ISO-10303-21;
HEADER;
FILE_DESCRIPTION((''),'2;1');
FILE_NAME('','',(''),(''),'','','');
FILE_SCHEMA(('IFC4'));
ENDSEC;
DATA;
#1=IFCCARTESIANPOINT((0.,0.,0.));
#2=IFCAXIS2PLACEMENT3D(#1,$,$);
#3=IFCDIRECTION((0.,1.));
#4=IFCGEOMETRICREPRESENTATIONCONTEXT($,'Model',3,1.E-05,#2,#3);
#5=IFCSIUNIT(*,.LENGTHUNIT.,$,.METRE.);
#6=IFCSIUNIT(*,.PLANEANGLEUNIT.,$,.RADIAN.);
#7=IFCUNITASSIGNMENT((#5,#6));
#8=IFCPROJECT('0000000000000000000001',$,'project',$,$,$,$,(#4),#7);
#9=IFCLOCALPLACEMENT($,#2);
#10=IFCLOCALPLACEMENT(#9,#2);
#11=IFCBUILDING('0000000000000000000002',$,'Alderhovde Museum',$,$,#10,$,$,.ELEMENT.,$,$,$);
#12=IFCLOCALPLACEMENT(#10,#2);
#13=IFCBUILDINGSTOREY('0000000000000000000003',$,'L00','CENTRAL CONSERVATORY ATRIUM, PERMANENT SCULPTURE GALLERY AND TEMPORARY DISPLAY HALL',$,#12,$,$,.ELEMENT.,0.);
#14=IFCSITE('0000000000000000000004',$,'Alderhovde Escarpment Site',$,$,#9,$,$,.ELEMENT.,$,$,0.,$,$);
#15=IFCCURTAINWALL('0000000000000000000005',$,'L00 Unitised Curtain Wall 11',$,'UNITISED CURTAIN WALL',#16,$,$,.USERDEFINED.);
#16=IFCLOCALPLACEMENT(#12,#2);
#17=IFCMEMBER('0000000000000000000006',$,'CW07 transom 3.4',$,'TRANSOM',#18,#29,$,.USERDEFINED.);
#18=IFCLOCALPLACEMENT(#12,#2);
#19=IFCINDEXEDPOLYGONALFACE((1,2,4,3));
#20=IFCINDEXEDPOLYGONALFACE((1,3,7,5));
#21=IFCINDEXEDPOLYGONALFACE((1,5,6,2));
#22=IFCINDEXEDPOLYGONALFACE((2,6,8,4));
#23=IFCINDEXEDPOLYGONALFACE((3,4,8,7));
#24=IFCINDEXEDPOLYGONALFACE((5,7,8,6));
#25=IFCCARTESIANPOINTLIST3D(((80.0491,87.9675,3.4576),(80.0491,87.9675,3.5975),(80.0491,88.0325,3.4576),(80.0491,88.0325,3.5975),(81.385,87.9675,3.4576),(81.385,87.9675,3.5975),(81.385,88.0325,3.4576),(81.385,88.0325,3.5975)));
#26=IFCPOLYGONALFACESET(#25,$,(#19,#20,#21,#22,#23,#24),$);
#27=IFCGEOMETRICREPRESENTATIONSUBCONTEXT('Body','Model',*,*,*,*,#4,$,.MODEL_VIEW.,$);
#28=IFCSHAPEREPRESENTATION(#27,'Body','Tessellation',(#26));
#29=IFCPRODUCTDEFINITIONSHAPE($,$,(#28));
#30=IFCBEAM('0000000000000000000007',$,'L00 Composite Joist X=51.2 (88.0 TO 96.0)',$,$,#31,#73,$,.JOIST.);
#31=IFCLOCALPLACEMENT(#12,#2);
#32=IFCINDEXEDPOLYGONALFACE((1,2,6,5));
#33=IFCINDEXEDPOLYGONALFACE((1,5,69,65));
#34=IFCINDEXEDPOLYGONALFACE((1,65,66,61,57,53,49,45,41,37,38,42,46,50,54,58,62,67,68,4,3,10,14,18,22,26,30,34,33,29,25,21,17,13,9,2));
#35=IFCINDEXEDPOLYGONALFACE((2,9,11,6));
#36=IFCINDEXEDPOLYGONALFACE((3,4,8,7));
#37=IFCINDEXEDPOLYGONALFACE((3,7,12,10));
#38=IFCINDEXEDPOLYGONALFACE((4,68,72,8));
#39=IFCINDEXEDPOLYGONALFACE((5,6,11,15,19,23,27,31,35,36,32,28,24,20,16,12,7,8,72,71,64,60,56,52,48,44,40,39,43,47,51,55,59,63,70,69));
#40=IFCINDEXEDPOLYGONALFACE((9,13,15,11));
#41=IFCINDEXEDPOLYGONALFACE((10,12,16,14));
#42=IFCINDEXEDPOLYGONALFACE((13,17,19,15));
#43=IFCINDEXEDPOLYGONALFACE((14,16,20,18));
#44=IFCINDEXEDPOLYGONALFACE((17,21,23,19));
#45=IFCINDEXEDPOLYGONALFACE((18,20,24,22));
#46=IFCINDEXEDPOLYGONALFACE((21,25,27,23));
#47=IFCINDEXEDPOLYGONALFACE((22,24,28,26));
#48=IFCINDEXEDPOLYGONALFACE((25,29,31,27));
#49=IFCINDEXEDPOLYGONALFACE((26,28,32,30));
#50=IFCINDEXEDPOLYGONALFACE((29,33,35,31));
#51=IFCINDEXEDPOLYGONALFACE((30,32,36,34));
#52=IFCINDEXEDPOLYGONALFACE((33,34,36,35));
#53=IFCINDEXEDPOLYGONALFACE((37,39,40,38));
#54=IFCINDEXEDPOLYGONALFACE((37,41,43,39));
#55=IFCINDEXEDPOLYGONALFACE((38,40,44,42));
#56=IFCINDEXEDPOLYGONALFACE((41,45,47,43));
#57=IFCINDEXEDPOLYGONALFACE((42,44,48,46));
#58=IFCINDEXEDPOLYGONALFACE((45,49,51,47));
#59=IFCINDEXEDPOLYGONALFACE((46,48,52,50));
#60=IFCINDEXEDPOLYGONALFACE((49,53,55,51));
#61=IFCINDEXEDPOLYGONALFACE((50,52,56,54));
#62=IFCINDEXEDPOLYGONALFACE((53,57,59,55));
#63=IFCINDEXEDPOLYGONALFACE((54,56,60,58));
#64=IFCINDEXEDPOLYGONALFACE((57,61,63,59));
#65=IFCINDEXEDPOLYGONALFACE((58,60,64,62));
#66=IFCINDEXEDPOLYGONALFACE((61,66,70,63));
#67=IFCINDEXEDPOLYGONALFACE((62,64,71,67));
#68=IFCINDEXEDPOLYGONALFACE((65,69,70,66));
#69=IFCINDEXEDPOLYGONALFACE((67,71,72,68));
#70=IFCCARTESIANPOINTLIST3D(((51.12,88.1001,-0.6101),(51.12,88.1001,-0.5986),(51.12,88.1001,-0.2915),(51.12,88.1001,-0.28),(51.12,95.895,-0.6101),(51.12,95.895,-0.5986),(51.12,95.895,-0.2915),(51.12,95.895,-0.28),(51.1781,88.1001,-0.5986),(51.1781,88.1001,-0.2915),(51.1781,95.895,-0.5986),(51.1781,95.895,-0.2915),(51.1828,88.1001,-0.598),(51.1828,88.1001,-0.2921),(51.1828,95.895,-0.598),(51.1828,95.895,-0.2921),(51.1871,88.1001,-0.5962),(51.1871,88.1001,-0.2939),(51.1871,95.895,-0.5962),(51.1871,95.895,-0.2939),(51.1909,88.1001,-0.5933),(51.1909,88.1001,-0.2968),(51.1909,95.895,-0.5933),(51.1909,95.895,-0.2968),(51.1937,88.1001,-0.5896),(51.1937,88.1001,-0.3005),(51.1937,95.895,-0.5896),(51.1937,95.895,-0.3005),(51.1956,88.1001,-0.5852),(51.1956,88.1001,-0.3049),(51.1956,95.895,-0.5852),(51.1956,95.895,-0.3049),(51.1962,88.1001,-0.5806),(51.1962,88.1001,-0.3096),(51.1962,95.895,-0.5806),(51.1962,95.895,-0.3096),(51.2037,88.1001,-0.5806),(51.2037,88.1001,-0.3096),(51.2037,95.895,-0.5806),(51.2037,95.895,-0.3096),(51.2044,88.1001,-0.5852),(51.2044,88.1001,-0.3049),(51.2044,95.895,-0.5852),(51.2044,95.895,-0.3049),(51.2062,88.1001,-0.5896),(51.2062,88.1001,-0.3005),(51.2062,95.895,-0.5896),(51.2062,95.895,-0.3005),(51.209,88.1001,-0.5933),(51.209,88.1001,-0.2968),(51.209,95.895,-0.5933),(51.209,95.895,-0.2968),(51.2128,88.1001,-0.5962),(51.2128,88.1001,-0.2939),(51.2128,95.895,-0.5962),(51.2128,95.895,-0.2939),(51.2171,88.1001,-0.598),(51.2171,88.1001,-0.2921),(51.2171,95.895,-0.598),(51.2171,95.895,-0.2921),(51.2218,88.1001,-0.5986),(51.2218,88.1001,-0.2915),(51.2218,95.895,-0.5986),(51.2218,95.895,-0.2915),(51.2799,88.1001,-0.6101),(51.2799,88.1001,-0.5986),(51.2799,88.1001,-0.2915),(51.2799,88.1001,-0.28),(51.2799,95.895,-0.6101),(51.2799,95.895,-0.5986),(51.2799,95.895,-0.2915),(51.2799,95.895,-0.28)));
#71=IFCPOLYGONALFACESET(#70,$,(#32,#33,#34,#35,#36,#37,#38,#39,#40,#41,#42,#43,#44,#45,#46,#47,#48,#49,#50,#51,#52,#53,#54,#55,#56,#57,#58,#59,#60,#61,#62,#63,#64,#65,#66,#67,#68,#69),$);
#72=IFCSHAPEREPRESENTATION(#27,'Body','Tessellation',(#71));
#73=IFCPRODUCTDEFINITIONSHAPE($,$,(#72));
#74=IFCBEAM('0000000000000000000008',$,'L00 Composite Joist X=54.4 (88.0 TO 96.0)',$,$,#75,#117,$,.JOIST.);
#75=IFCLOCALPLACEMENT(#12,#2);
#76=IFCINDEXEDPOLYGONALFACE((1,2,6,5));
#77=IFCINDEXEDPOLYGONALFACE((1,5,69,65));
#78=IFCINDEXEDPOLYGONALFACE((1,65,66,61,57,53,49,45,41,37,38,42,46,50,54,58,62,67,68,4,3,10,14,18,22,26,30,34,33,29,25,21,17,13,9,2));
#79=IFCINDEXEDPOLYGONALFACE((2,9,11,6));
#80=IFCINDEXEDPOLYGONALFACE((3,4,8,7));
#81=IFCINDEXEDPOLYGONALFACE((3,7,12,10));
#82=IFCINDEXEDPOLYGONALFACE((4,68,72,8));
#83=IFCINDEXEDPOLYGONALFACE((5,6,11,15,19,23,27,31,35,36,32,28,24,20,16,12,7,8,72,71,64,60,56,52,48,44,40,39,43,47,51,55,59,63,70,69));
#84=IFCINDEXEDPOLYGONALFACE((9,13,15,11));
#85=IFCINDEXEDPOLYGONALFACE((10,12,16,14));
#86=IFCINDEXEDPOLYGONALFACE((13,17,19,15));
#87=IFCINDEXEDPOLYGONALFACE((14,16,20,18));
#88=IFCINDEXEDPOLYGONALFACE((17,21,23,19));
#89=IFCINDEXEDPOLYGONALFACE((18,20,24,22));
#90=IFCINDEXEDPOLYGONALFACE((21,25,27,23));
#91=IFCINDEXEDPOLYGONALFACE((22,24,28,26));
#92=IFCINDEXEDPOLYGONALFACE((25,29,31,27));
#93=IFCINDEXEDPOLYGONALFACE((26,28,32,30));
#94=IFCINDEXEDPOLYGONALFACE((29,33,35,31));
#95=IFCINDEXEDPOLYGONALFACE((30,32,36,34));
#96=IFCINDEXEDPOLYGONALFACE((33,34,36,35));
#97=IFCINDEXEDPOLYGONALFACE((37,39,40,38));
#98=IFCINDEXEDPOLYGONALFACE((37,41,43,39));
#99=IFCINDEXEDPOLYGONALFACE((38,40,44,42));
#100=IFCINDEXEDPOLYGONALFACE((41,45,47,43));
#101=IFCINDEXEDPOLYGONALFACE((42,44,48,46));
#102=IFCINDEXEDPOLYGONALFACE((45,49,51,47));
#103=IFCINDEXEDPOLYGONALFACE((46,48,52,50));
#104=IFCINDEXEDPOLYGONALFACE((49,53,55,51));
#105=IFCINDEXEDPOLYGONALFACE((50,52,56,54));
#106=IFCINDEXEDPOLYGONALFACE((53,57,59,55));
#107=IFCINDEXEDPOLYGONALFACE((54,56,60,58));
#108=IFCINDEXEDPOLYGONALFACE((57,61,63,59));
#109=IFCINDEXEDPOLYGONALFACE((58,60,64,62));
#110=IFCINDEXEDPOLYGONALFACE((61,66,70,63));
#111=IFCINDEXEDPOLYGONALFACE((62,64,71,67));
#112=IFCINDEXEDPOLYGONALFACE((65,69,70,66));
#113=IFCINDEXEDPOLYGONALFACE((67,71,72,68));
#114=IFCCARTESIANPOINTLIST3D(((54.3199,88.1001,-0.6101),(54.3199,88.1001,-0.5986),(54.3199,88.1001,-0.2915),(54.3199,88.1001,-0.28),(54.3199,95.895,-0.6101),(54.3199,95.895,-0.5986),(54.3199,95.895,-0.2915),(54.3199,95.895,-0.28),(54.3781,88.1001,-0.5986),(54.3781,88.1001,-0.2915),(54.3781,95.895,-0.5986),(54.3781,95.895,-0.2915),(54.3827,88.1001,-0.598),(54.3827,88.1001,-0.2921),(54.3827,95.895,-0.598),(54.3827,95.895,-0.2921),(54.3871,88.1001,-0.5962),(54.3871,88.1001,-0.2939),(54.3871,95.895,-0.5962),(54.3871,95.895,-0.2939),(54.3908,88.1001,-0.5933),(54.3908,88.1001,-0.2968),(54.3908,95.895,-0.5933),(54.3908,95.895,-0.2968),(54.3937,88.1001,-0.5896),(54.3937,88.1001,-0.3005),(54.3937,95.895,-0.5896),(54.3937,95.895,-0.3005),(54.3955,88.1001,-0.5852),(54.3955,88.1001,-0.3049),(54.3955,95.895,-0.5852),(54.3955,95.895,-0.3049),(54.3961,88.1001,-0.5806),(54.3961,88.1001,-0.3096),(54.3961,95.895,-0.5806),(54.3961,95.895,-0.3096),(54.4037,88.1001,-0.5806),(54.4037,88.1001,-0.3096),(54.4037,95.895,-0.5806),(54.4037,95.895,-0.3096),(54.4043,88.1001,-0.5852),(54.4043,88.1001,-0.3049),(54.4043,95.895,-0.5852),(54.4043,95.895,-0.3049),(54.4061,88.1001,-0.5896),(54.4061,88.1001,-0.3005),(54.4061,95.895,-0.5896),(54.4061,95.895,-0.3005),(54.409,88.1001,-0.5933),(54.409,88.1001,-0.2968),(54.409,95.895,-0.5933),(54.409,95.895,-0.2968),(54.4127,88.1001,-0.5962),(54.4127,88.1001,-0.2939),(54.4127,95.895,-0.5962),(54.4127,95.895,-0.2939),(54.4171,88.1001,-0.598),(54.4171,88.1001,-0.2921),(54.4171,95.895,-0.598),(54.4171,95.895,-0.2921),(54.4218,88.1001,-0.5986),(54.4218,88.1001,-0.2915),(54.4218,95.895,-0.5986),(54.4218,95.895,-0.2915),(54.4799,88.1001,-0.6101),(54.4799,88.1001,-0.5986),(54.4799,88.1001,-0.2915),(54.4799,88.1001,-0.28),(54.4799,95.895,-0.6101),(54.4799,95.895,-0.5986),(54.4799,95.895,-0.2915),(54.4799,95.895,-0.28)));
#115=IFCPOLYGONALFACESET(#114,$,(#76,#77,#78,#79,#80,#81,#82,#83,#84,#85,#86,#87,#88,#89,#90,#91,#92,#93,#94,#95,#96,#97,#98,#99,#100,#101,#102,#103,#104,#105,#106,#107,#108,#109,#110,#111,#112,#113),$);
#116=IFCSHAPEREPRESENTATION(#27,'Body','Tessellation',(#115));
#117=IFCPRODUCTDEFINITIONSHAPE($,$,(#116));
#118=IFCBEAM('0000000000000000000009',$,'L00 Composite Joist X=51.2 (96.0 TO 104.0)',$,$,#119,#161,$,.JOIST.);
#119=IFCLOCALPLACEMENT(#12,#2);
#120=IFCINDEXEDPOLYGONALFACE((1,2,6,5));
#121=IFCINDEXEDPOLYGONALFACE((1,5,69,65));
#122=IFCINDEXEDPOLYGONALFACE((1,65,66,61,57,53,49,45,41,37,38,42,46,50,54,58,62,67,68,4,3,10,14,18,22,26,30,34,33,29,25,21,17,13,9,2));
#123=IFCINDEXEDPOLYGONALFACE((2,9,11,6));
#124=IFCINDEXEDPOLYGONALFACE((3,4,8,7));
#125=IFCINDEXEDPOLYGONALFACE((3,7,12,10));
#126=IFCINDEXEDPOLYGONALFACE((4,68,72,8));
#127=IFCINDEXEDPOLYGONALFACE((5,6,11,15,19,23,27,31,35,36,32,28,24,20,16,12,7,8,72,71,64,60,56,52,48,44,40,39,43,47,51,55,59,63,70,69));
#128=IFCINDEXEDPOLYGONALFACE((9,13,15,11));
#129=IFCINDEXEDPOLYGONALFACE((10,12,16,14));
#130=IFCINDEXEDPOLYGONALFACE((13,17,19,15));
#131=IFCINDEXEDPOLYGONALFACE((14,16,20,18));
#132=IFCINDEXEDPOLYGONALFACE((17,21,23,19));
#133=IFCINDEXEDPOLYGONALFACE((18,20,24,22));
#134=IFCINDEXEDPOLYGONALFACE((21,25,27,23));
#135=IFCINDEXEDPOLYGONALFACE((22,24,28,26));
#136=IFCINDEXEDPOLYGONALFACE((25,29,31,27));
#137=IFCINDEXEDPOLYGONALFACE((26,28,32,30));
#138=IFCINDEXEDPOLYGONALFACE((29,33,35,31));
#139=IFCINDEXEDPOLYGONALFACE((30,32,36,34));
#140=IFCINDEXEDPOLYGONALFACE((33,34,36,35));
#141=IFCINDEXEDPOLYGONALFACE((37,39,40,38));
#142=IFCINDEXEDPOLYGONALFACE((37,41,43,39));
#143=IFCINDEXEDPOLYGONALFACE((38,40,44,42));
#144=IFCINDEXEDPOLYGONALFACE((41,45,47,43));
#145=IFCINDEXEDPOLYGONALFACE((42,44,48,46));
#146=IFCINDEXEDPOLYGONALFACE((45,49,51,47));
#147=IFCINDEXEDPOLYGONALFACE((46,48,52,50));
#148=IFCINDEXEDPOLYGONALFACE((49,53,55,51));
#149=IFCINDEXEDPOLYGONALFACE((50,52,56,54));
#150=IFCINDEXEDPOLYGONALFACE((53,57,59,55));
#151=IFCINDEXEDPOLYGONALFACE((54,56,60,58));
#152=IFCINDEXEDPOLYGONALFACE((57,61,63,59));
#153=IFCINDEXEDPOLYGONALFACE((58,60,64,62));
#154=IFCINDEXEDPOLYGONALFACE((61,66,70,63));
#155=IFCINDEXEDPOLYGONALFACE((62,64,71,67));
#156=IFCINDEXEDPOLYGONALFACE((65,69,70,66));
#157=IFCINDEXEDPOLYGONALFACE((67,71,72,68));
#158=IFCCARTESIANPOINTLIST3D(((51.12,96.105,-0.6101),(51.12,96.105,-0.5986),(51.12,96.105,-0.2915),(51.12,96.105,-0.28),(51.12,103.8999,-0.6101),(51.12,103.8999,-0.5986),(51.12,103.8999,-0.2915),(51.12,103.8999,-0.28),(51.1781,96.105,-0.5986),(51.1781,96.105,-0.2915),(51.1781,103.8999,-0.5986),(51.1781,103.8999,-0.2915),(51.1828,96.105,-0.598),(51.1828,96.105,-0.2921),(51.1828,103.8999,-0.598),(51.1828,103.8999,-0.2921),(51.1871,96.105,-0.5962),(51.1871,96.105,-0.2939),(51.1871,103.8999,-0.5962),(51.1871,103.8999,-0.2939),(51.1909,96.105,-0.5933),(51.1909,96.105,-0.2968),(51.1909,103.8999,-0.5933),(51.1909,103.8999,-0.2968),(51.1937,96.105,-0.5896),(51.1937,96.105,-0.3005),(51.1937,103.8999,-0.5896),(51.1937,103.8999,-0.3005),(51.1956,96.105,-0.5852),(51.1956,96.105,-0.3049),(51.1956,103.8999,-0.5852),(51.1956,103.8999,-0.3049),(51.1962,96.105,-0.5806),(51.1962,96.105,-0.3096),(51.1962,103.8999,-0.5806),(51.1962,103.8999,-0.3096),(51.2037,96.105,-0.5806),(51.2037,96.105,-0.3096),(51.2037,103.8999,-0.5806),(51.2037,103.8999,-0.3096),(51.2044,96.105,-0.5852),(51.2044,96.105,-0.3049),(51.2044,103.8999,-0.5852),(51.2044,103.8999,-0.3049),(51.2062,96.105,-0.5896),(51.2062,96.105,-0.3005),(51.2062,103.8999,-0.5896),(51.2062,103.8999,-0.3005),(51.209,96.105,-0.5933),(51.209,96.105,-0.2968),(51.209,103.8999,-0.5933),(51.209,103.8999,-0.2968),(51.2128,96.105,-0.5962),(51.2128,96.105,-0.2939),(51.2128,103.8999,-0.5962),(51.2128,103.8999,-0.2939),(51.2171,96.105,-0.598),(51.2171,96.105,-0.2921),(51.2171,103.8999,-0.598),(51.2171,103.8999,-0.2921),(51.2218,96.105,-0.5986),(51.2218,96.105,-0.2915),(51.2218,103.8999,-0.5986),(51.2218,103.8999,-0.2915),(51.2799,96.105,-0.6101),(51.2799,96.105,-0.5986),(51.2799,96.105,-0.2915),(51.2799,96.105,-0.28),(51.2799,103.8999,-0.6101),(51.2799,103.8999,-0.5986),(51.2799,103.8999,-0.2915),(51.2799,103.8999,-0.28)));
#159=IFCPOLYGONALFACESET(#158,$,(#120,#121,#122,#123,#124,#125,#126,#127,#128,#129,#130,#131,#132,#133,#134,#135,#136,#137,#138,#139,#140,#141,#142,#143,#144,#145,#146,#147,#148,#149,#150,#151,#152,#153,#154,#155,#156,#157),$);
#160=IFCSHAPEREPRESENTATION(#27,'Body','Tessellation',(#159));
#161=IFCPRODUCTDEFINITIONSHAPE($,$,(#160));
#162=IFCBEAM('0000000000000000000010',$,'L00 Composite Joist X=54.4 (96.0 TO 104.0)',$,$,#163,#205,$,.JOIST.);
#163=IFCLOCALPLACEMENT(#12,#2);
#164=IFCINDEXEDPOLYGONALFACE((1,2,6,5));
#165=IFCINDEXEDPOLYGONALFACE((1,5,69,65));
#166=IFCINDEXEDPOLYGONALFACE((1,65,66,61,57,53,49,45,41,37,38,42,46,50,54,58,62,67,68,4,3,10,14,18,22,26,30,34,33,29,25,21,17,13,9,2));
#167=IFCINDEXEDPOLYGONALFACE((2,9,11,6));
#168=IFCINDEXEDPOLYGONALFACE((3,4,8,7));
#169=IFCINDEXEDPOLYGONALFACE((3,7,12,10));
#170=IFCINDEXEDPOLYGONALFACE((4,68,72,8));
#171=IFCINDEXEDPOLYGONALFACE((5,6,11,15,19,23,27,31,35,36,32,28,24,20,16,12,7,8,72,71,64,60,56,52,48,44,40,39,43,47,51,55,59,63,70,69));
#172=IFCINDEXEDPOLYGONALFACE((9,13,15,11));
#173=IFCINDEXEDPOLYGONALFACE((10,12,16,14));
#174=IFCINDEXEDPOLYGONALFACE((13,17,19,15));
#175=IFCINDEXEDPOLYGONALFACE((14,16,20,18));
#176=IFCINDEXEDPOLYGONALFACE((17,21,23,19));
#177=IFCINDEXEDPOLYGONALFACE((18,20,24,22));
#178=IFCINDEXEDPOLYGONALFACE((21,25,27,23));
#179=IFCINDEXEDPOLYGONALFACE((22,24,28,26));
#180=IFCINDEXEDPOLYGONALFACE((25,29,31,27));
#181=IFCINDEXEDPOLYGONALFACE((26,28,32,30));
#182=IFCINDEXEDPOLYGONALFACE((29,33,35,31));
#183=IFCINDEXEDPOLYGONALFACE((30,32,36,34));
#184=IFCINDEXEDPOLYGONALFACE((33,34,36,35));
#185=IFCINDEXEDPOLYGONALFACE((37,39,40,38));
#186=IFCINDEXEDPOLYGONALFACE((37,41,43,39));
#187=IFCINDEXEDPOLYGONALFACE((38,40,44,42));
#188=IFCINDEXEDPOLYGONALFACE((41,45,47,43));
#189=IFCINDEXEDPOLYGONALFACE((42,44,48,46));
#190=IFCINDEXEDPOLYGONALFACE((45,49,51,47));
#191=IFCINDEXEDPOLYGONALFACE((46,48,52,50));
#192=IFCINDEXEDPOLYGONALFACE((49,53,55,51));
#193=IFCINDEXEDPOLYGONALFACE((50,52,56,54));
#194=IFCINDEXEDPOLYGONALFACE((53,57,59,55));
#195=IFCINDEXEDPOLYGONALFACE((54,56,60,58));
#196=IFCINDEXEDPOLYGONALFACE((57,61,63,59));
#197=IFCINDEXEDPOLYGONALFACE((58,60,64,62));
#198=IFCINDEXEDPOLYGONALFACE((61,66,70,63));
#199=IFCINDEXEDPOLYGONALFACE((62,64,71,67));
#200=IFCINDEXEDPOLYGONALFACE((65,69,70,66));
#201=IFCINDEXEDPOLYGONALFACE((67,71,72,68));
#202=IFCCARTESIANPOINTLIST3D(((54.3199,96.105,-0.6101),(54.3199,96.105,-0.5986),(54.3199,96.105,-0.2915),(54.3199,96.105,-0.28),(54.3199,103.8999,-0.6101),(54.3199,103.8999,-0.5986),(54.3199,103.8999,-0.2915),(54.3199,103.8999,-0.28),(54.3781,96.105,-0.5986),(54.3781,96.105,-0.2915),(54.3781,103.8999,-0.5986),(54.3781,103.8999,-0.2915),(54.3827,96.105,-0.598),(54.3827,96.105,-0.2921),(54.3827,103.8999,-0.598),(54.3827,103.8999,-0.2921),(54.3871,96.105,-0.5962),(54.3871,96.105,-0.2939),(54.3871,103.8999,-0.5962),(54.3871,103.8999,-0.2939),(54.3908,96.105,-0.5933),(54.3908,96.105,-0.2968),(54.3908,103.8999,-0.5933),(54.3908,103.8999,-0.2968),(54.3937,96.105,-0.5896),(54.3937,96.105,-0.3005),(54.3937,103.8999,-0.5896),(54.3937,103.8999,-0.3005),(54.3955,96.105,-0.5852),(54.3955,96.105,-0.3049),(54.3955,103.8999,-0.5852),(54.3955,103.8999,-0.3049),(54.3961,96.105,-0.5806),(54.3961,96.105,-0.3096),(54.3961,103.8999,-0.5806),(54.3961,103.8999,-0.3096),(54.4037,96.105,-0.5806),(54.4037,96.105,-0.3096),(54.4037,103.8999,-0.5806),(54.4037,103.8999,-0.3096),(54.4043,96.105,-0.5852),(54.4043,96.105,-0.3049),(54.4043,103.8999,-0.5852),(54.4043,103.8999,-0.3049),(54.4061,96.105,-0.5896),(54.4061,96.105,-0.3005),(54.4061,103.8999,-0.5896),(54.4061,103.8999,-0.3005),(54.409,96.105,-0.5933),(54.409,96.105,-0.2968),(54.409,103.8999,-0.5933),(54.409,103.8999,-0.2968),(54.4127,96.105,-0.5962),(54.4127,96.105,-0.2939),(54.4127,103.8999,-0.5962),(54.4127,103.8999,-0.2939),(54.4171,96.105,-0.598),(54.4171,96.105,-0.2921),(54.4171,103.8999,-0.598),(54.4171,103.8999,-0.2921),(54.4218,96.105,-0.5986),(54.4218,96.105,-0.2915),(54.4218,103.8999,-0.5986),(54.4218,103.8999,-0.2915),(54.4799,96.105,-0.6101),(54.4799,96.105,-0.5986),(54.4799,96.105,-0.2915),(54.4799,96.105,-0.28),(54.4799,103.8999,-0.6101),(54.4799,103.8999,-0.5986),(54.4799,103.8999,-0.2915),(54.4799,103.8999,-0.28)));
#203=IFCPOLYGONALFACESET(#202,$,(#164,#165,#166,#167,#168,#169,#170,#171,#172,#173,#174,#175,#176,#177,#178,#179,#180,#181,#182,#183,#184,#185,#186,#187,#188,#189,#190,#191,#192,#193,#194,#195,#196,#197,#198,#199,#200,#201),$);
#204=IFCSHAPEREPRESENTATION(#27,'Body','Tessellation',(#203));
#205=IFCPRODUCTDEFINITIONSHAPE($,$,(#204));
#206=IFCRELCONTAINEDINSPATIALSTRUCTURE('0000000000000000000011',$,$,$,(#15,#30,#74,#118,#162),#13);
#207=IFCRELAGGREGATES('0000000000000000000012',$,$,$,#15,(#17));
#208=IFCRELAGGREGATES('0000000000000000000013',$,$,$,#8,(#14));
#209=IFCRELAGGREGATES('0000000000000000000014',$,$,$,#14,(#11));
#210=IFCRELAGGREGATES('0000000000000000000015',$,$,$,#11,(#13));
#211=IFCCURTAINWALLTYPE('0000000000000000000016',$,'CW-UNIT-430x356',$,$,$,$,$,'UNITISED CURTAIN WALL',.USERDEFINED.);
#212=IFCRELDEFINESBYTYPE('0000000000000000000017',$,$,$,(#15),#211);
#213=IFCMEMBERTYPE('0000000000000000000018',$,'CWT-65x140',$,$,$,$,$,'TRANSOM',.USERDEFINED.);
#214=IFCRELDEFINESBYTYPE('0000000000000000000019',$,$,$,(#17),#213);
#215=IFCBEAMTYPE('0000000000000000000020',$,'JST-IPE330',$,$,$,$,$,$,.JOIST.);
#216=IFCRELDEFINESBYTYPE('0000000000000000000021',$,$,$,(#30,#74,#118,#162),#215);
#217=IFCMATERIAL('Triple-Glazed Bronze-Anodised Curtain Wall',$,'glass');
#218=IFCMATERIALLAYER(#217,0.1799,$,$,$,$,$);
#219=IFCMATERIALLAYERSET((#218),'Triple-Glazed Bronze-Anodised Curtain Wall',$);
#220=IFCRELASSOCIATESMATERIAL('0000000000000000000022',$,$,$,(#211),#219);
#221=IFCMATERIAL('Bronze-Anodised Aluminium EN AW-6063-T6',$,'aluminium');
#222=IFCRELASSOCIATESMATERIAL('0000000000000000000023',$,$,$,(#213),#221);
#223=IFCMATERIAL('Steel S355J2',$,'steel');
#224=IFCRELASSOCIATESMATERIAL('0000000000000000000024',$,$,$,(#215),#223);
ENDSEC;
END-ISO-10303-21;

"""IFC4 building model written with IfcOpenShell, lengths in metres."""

from ifc_helpers import new_model, si_unit, direction, frame, origin, origin_2d, place, context, subcontext, project, spatial, rectangle, i_section, extrude, material, layer, layer_set, material_profile, profile_set, type_object, element, aggregate, save


model = new_model("IFC4")

# Units and contexts
model_context = context("Model", 3, precision=1e-05, world=origin(), true_north=direction((0.0, 1.0)))
body_context = subcontext(model_context, "Body", "Model", "MODEL_VIEW")
ifc_project = project(units=[si_unit("LENGTHUNIT", "METRE"), si_unit("PLANEANGLEUNIT", "RADIAN")], contexts=[model_context])

# Site, building, storey
site_placement = place(None, origin())
site = spatial("IfcSite", under=ifc_project, at=site_placement, Name="Alderhovde Escarpment Site", CompositionType="ELEMENT", RefElevation=0.0)
building_placement = place(site_placement, origin())
building = spatial("IfcBuilding", under=site, at=building_placement, Name="Alderhovde Museum", CompositionType="ELEMENT")
storey_placement = place(building_placement, origin())
storey = spatial("IfcBuildingStorey", under=building, at=storey_placement, Name="L00", Description="CENTRAL CONSERVATORY ATRIUM, PERMANENT SCULPTURE GALLERY AND TEMPORARY DISPLAY HALL", CompositionType="ELEMENT", Elevation=0.0)

# Curtain wall, member
ifc_material_1 = material(Name="Triple-Glazed Bronze-Anodised Curtain Wall", Category="glass")
ifc_layer_1 = layer(ifc_material_1, 0.1799)
ifc_layer_set_1 = layer_set([ifc_layer_1], Name="Triple-Glazed Bronze-Anodised Curtain Wall")
curtain_wall_type = type_object("IfcCurtainWallType", Name="CW-UNIT-430x356", ElementType="UNITISED CURTAIN WALL", PredefinedType="USERDEFINED", material=ifc_layer_set_1)
curtain_wall_placement = place(storey_placement, origin())
curtain_wall = element("IfcCurtainWall", 1, at=curtain_wall_placement, inside=storey, type_object=curtain_wall_type, Name="L00 Unitised Curtain Wall 11", ObjectType="UNITISED CURTAIN WALL", PredefinedType="USERDEFINED")
ifc_material_2 = material(Name="Bronze-Anodised Aluminium EN AW-6063-T6", Category="aluminium")
ifc_material_profile_1 = material_profile(ifc_material_2, rectangle(XDim=0.0649, YDim=0.1399, at=origin_2d()), Name="TRANSOM 65x140")
ifc_profile_set_1 = profile_set([ifc_material_profile_1], Name="Bronze-Anodised Aluminium EN AW-6063-T6")
member_type_1 = type_object("IfcMemberType", Name="CWT-65x140", ElementType="TRANSOM", PredefinedType="USERDEFINED", material=ifc_profile_set_1)
member_1_placement = place(storey_placement, frame((80.0491, 88.0, 3.5276), z_axis=(1.0, 0.0, 0.0), x_axis=(0.0, 1.0, 0.0)))
member_1 = element("IfcMember", 2, at=member_1_placement, type_object=member_type_1, Name="CW07 transom 3.4", ObjectType="TRANSOM", PredefinedType="USERDEFINED", context=body_context, shape_type="SweptSolid", body=[
    extrude(rectangle(XDim=0.0649, YDim=0.1399, at=origin_2d()), origin(), (0.0, 0.0, 1.0), 1.3359),
])

# Beams
ifc_material_3 = material(Name="Steel S355J2", Category="steel")
ifc_material_profile_2 = material_profile(ifc_material_3, i_section(OverallWidth=0.1599, OverallDepth=0.3301, WebThickness=0.0076, FlangeThickness=0.0115, FilletRadius=0.0181, at=origin_2d()), Name="IPE 330")
ifc_profile_set_2 = profile_set([ifc_material_profile_2], Name="Steel S355J2")
beam_type_1 = type_object("IfcBeamType", Name="JST-IPE330", PredefinedType="JOIST", material=ifc_profile_set_2)
for number, where, z_axis, x_axis, name in (
    (3, (51.2, 88.1001, -0.4451), (0.0, 1.0, 0.0), (-1.0, 0.0, 0.0), "L00 Composite Joist X=51.2 (88.0 TO 96.0)"),
    (4, (54.3999, 88.1001, -0.4451), (0.0, 1.0, 0.0), (-1.0, 0.0, 0.0), "L00 Composite Joist X=54.4 (88.0 TO 96.0)"),
    (5, (51.2, 96.105, -0.4451), (0.0, 1.0, 0.0), (-1.0, 0.0, 0.0), "L00 Composite Joist X=51.2 (96.0 TO 104.0)"),
    (6, (54.3999, 96.105, -0.4451), (0.0, 1.0, 0.0), (-1.0, 0.0, 0.0), "L00 Composite Joist X=54.4 (96.0 TO 104.0)"),
):
    element("IfcBeam", number, at=place(storey_placement, frame(where, z_axis=z_axis, x_axis=x_axis)), inside=storey, type_object=beam_type_1, Name=name, PredefinedType="JOIST", context=body_context, shape_type="SweptSolid", body=[
        extrude(i_section(OverallWidth=0.1599, OverallDepth=0.3301, WebThickness=0.0076, FlangeThickness=0.0115, FilletRadius=0.0181, at=origin_2d()), origin(), (0.0, 0.0, 1.0), 7.7949),
    ])

aggregate(curtain_wall, [member_1])

save(model, "model.ifc")
